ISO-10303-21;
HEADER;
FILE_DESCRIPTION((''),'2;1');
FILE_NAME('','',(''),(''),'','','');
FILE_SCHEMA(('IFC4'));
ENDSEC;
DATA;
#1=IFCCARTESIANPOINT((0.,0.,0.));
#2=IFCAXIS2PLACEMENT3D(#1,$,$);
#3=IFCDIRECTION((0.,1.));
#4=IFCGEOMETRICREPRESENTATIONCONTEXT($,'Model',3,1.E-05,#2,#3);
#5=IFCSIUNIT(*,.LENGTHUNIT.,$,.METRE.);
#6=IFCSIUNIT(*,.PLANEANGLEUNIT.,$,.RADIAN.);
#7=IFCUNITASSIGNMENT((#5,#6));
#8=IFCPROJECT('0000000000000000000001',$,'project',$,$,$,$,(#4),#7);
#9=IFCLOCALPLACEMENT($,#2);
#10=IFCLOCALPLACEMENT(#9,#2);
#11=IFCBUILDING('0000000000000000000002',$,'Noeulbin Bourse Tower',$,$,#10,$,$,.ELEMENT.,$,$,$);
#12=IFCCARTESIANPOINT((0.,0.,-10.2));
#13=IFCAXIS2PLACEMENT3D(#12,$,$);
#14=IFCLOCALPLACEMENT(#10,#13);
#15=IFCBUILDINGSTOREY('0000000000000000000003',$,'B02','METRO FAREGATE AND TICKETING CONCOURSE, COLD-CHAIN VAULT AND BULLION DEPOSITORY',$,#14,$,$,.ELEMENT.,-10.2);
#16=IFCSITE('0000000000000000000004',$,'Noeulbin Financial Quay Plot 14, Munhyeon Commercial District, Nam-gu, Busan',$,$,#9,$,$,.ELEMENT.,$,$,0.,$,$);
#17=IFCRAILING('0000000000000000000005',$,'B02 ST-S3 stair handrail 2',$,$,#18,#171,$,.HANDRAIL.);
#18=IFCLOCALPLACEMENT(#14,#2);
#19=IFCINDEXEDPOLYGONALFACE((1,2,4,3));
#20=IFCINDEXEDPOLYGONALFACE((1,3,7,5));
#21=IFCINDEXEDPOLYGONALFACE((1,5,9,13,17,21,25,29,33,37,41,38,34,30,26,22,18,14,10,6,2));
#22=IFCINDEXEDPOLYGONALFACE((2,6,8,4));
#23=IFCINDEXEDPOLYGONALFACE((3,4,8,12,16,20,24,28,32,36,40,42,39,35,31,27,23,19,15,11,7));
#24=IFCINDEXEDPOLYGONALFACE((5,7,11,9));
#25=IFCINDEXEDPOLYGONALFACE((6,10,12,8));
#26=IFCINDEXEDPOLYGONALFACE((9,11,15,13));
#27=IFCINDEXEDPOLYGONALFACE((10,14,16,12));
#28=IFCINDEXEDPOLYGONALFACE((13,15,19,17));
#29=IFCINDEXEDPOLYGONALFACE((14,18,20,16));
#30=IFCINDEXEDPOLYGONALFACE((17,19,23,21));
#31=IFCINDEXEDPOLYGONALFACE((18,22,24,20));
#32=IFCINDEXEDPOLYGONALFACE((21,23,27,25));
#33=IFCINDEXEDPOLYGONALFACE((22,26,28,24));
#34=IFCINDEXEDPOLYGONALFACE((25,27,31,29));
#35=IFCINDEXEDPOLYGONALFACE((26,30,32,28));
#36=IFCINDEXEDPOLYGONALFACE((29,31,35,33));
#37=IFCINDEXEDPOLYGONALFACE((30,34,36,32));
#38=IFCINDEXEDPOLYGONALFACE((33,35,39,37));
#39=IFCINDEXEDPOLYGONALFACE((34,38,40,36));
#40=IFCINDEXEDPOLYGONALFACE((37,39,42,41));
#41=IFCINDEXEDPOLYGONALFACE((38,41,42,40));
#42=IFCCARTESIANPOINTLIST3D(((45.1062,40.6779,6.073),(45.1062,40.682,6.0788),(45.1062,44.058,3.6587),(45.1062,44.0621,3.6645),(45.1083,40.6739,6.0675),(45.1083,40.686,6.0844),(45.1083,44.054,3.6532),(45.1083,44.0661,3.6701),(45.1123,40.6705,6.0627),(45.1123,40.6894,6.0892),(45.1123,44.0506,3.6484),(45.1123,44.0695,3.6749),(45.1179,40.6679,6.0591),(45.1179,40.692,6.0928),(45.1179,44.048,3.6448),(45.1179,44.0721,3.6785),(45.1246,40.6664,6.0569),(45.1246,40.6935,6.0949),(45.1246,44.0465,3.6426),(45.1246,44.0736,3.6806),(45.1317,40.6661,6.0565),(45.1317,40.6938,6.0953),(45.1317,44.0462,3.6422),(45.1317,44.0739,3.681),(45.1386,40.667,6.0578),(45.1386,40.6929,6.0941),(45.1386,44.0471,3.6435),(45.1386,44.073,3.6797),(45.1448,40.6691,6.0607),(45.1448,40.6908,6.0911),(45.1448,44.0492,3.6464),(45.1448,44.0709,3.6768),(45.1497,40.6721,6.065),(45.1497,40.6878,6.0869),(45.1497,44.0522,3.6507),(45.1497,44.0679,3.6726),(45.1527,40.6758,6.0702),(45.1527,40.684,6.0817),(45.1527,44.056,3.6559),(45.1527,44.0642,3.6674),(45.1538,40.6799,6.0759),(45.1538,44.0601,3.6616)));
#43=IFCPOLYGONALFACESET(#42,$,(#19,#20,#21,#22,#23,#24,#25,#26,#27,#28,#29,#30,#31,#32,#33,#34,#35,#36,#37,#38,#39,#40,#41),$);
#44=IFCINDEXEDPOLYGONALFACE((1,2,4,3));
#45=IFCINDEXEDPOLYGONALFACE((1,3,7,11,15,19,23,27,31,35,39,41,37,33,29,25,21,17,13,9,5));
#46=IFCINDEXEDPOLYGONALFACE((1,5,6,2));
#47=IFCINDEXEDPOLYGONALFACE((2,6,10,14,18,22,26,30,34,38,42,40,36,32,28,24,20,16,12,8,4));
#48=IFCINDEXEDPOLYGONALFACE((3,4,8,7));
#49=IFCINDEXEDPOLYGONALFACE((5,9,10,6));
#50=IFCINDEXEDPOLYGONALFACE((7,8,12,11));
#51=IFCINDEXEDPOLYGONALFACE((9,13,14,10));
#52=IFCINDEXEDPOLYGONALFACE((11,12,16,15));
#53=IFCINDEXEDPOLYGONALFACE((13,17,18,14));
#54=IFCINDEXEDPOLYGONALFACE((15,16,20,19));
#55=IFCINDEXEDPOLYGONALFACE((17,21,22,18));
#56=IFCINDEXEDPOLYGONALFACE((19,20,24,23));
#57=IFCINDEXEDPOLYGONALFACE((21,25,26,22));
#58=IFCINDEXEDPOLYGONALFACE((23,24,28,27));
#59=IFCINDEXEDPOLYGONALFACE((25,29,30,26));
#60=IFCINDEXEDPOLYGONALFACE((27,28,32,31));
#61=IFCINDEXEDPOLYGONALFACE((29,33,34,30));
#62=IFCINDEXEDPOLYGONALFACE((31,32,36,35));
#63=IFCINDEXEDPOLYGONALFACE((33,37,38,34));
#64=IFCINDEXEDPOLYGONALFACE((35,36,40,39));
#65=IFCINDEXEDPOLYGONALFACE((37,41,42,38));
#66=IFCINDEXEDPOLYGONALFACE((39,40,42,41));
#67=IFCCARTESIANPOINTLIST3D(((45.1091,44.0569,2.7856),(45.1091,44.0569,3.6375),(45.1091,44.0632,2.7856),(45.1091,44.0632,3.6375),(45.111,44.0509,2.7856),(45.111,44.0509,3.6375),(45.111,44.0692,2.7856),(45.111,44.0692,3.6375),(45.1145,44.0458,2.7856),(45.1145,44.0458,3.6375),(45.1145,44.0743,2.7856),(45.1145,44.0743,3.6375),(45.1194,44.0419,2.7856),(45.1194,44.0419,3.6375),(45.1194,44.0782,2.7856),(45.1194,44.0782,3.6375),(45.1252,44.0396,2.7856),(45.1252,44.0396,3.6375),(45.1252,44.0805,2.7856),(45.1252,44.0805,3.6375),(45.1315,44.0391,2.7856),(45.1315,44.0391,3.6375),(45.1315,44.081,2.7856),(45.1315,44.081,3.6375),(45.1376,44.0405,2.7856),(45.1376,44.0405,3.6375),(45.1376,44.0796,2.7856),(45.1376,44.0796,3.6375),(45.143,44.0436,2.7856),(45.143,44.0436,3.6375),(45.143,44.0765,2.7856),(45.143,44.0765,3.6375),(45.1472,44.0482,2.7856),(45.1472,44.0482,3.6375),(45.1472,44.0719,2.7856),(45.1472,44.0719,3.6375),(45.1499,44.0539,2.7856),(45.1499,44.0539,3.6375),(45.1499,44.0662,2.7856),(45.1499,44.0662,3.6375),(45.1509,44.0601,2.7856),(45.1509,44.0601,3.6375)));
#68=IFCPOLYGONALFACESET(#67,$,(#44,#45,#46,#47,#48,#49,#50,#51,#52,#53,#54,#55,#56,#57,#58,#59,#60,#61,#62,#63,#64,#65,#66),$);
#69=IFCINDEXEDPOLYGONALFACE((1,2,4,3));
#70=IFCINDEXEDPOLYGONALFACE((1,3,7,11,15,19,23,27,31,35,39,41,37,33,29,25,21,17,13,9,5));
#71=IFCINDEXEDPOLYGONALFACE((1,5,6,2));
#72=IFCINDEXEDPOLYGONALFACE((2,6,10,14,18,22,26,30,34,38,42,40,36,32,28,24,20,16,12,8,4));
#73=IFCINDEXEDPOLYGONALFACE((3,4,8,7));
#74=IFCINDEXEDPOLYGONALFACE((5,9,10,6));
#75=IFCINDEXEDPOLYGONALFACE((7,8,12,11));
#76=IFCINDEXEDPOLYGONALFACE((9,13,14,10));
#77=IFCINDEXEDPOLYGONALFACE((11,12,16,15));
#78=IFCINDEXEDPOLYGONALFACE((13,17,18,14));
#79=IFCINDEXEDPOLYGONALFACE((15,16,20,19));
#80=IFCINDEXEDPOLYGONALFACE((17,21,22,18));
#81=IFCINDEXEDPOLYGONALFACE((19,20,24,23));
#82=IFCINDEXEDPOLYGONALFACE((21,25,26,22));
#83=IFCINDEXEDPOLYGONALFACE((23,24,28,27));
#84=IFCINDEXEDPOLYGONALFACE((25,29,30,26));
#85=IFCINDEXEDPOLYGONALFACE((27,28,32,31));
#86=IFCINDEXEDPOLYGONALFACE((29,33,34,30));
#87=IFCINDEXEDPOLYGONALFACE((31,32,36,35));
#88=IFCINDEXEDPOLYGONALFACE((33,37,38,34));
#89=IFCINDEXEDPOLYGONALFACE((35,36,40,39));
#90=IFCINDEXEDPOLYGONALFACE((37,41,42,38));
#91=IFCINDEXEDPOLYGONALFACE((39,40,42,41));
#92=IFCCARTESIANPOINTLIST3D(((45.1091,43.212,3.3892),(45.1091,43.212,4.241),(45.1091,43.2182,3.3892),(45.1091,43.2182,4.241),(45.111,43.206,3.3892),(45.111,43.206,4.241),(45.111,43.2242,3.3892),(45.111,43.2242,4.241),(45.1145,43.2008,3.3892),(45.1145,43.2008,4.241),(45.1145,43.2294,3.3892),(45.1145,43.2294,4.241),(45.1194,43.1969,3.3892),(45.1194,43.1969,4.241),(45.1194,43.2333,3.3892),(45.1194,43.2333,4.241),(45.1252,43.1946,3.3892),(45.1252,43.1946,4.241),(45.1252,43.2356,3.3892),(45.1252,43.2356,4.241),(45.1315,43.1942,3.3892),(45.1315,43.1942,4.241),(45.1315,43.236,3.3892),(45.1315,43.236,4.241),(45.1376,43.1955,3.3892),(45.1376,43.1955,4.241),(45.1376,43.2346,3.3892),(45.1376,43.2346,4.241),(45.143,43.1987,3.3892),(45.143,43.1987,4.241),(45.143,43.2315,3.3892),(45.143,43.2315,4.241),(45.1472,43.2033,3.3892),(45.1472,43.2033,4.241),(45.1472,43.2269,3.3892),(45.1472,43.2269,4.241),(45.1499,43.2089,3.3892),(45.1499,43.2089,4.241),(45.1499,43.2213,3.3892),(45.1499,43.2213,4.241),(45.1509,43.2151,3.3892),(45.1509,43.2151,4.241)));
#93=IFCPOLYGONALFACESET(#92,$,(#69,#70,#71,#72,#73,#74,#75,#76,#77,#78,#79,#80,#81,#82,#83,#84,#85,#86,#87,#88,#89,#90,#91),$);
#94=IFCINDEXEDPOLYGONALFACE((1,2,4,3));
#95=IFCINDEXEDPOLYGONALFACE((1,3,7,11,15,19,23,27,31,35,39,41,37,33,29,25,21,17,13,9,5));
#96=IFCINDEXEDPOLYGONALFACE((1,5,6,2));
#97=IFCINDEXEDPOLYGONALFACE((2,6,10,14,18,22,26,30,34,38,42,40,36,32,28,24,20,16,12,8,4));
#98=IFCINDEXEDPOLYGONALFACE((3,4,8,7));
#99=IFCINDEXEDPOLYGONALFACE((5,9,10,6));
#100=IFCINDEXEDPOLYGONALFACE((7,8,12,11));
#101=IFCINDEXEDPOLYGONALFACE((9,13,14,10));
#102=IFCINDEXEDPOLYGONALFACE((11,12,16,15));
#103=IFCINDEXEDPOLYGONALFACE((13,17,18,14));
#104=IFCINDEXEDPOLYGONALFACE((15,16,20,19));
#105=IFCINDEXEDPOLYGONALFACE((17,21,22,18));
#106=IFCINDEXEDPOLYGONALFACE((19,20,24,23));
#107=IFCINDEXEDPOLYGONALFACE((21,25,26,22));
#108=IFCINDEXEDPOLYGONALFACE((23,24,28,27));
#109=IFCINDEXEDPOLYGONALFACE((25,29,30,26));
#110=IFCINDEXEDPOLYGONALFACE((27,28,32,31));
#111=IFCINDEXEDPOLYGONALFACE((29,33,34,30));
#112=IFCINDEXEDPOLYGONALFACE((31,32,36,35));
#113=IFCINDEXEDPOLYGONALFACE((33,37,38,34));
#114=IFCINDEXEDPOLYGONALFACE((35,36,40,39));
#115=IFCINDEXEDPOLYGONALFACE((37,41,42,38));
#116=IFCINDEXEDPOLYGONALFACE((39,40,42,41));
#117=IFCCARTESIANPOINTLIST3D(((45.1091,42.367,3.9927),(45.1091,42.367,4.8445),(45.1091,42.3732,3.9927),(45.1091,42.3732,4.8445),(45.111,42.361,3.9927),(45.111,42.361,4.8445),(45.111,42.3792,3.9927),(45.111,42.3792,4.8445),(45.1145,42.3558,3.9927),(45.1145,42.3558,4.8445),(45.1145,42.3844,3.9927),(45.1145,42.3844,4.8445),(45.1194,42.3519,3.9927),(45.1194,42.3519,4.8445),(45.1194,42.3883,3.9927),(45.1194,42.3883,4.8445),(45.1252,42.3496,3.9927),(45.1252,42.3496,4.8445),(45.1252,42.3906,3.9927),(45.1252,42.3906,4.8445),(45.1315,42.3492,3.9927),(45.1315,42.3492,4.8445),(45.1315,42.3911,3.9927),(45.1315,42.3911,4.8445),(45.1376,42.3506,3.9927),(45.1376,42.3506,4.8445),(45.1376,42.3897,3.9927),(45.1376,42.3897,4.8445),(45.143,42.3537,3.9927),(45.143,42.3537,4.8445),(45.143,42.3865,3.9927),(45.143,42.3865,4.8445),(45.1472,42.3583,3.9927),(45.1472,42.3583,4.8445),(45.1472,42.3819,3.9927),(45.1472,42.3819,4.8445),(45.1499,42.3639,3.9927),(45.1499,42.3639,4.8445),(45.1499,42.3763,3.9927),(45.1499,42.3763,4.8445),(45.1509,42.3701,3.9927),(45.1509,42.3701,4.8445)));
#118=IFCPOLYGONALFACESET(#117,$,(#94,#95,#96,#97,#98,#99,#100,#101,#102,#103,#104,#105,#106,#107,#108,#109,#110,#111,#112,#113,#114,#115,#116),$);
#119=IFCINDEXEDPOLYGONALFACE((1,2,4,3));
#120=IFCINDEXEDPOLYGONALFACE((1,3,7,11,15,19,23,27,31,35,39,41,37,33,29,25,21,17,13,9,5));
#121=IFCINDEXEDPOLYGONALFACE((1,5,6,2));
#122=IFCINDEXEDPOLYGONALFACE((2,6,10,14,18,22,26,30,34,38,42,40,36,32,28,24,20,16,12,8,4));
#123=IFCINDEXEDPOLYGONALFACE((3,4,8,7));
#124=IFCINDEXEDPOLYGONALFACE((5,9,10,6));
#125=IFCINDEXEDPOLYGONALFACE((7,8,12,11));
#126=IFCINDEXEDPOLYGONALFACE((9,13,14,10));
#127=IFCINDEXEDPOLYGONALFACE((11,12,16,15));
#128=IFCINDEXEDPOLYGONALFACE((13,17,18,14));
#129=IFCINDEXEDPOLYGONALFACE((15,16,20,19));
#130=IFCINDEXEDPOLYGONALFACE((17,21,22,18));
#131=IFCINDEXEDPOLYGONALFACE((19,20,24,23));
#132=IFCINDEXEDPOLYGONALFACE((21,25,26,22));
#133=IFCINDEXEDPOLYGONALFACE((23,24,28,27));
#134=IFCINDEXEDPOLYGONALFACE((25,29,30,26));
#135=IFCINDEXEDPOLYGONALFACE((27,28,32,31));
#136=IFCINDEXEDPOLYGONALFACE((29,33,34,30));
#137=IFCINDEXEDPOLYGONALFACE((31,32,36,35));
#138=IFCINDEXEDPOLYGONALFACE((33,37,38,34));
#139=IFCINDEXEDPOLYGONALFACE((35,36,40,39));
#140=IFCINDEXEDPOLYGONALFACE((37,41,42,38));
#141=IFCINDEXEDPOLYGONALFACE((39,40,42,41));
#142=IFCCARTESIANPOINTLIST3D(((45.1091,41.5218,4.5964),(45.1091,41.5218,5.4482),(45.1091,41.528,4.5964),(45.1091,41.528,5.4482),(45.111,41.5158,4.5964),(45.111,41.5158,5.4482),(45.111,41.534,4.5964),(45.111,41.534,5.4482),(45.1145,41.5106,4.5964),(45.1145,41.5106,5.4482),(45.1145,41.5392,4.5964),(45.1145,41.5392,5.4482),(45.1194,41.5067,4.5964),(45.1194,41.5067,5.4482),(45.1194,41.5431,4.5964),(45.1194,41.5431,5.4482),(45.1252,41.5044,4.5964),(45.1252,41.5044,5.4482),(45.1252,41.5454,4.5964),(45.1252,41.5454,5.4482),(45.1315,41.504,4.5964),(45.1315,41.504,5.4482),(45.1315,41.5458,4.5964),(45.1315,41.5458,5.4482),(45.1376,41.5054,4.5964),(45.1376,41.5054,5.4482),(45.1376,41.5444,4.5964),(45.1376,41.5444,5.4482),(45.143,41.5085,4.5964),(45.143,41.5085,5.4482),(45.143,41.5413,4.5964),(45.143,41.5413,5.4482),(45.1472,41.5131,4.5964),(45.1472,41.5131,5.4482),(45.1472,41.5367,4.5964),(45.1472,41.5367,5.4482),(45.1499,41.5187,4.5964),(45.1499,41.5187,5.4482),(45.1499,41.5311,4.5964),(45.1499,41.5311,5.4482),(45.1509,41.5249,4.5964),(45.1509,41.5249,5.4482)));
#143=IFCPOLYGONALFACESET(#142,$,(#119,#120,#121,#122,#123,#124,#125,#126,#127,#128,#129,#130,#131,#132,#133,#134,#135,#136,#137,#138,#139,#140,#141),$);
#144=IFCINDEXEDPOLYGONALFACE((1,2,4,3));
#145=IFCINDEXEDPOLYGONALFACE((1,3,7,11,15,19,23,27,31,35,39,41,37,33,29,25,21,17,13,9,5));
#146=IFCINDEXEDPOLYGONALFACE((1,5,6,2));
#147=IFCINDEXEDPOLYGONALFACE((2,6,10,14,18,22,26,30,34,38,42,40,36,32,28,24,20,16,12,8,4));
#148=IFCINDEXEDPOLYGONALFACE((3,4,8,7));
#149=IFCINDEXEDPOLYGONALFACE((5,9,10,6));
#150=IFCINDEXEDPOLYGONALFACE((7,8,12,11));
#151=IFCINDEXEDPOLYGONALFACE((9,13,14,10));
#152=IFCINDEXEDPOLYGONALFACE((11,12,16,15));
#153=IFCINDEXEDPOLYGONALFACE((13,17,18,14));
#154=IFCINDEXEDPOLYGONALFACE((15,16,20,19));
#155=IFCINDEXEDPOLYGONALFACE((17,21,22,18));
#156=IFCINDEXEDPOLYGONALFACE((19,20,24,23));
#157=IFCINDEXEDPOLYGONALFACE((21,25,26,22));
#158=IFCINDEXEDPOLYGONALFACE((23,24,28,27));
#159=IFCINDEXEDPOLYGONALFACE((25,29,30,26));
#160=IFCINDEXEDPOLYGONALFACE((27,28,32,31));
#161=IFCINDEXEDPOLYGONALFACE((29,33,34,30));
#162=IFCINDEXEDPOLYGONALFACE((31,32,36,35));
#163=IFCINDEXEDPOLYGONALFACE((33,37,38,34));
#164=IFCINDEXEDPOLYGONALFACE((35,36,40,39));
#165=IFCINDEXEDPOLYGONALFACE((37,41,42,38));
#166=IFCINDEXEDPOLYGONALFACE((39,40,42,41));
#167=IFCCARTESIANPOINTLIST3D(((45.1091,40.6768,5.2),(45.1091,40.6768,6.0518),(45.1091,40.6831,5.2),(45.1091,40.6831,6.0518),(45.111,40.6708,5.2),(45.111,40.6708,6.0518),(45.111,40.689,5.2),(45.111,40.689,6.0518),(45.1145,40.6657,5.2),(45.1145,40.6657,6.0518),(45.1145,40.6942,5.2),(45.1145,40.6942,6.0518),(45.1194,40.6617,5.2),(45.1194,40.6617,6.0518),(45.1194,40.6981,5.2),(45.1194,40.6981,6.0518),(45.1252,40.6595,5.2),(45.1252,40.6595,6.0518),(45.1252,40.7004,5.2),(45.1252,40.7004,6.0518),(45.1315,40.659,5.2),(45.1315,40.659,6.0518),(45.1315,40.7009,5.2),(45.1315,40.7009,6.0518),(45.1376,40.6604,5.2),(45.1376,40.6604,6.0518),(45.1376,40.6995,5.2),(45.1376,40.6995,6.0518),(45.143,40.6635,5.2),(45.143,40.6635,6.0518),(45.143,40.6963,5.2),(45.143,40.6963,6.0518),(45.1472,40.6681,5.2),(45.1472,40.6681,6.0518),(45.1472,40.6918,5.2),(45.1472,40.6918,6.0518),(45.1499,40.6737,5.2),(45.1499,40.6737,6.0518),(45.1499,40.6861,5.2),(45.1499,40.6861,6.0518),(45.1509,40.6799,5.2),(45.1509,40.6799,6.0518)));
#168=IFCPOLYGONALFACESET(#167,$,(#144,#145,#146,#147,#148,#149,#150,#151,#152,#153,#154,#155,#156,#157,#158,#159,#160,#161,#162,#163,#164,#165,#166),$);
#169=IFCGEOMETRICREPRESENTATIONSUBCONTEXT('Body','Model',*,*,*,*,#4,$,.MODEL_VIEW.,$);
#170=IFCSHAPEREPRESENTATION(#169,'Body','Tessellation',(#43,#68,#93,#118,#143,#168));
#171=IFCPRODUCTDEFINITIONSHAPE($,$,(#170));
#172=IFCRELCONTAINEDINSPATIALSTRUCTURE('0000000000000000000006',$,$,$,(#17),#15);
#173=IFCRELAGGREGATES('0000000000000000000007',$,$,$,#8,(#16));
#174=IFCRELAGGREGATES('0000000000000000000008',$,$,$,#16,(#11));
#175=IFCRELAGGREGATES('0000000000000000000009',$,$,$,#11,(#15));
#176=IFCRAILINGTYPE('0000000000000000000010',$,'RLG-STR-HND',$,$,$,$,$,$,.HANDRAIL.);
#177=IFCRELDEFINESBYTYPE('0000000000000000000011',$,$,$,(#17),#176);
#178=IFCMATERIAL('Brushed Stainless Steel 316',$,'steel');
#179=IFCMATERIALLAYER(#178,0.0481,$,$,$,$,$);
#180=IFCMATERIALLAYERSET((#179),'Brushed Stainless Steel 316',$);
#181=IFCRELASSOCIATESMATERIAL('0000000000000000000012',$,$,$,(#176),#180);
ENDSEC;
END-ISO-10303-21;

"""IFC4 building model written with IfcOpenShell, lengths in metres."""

from ifc_helpers import new_model, si_unit, direction, frame, origin, origin_2d, place, context, subcontext, project, spatial, circle, extrude, material, layer, layer_set, type_object, element, save


model = new_model("IFC4")

# Units and contexts
model_context = context("Model", 3, precision=1e-05, world=origin(), true_north=direction((0.0, 1.0)))
body_context = subcontext(model_context, "Body", "Model", "MODEL_VIEW")
ifc_project = project(units=[si_unit("LENGTHUNIT", "METRE"), si_unit("PLANEANGLEUNIT", "RADIAN")], contexts=[model_context])

# Site, building, storey
site_placement = place(None, origin())
site = spatial("IfcSite", under=ifc_project, at=site_placement, Name="Noeulbin Financial Quay Plot 14, Munhyeon Commercial District, Nam-gu, Busan", CompositionType="ELEMENT", RefElevation=0.0)
building_placement = place(site_placement, origin())
building = spatial("IfcBuilding", under=site, at=building_placement, Name="Noeulbin Bourse Tower", CompositionType="ELEMENT")
storey_placement = place(building_placement, frame((0.0, 0.0, -10.2)))
storey = spatial("IfcBuildingStorey", under=building, at=storey_placement, Name="B02", Description="METRO FAREGATE AND TICKETING CONCOURSE, COLD-CHAIN VAULT AND BULLION DEPOSITORY", CompositionType="ELEMENT", Elevation=-10.2)

# Railing
ifc_material_1 = material(Name="Brushed Stainless Steel 316", Category="steel")
ifc_layer_1 = layer(ifc_material_1, 0.0481)
ifc_layer_set_1 = layer_set([ifc_layer_1], Name="Brushed Stainless Steel 316")
railing_type_1 = type_object("IfcRailingType", Name="RLG-STR-HND", PredefinedType="HANDRAIL", material=ifc_layer_set_1)
railing_1_placement = place(storey_placement, frame((45.1299, 44.0601, 2.7856)))
element("IfcRailing", 1, at=railing_1_placement, inside=storey, type_object=railing_type_1, Name="B02 ST-S3 stair handrail 2", PredefinedType="HANDRAIL", context=body_context, shape_type="SweptSolid", body=[
    extrude(circle(Radius=0.0239, at=origin_2d()), frame((0.0, 0.0, 0.876), z_axis=(0.0, -0.813741, 0.581227), x_axis=(1.0, 0.0, 0.0)), (0.0, 0.0, 1.0), 4.1538),
    extrude(circle(Radius=0.021, at=origin_2d()), origin(), (0.0, 0.0, 1.0), 0.8518),
    extrude(circle(Radius=0.021, at=origin_2d()), frame((0.0, -0.845, 0.6035)), (0.0, 0.0, 1.0), 0.8518),
    extrude(circle(Radius=0.021, at=origin_2d()), frame((0.0, -1.6899, 1.207)), (0.0, 0.0, 1.0), 0.8518),
    extrude(circle(Radius=0.021, at=origin_2d()), frame((0.0, -2.5352, 1.8108)), (0.0, 0.0, 1.0), 0.8518),
    extrude(circle(Radius=0.021, at=origin_2d()), frame((0.0, -3.3801, 2.4143)), (0.0, 0.0, 1.0), 0.8518),
])

save(model, "model.ifc")
